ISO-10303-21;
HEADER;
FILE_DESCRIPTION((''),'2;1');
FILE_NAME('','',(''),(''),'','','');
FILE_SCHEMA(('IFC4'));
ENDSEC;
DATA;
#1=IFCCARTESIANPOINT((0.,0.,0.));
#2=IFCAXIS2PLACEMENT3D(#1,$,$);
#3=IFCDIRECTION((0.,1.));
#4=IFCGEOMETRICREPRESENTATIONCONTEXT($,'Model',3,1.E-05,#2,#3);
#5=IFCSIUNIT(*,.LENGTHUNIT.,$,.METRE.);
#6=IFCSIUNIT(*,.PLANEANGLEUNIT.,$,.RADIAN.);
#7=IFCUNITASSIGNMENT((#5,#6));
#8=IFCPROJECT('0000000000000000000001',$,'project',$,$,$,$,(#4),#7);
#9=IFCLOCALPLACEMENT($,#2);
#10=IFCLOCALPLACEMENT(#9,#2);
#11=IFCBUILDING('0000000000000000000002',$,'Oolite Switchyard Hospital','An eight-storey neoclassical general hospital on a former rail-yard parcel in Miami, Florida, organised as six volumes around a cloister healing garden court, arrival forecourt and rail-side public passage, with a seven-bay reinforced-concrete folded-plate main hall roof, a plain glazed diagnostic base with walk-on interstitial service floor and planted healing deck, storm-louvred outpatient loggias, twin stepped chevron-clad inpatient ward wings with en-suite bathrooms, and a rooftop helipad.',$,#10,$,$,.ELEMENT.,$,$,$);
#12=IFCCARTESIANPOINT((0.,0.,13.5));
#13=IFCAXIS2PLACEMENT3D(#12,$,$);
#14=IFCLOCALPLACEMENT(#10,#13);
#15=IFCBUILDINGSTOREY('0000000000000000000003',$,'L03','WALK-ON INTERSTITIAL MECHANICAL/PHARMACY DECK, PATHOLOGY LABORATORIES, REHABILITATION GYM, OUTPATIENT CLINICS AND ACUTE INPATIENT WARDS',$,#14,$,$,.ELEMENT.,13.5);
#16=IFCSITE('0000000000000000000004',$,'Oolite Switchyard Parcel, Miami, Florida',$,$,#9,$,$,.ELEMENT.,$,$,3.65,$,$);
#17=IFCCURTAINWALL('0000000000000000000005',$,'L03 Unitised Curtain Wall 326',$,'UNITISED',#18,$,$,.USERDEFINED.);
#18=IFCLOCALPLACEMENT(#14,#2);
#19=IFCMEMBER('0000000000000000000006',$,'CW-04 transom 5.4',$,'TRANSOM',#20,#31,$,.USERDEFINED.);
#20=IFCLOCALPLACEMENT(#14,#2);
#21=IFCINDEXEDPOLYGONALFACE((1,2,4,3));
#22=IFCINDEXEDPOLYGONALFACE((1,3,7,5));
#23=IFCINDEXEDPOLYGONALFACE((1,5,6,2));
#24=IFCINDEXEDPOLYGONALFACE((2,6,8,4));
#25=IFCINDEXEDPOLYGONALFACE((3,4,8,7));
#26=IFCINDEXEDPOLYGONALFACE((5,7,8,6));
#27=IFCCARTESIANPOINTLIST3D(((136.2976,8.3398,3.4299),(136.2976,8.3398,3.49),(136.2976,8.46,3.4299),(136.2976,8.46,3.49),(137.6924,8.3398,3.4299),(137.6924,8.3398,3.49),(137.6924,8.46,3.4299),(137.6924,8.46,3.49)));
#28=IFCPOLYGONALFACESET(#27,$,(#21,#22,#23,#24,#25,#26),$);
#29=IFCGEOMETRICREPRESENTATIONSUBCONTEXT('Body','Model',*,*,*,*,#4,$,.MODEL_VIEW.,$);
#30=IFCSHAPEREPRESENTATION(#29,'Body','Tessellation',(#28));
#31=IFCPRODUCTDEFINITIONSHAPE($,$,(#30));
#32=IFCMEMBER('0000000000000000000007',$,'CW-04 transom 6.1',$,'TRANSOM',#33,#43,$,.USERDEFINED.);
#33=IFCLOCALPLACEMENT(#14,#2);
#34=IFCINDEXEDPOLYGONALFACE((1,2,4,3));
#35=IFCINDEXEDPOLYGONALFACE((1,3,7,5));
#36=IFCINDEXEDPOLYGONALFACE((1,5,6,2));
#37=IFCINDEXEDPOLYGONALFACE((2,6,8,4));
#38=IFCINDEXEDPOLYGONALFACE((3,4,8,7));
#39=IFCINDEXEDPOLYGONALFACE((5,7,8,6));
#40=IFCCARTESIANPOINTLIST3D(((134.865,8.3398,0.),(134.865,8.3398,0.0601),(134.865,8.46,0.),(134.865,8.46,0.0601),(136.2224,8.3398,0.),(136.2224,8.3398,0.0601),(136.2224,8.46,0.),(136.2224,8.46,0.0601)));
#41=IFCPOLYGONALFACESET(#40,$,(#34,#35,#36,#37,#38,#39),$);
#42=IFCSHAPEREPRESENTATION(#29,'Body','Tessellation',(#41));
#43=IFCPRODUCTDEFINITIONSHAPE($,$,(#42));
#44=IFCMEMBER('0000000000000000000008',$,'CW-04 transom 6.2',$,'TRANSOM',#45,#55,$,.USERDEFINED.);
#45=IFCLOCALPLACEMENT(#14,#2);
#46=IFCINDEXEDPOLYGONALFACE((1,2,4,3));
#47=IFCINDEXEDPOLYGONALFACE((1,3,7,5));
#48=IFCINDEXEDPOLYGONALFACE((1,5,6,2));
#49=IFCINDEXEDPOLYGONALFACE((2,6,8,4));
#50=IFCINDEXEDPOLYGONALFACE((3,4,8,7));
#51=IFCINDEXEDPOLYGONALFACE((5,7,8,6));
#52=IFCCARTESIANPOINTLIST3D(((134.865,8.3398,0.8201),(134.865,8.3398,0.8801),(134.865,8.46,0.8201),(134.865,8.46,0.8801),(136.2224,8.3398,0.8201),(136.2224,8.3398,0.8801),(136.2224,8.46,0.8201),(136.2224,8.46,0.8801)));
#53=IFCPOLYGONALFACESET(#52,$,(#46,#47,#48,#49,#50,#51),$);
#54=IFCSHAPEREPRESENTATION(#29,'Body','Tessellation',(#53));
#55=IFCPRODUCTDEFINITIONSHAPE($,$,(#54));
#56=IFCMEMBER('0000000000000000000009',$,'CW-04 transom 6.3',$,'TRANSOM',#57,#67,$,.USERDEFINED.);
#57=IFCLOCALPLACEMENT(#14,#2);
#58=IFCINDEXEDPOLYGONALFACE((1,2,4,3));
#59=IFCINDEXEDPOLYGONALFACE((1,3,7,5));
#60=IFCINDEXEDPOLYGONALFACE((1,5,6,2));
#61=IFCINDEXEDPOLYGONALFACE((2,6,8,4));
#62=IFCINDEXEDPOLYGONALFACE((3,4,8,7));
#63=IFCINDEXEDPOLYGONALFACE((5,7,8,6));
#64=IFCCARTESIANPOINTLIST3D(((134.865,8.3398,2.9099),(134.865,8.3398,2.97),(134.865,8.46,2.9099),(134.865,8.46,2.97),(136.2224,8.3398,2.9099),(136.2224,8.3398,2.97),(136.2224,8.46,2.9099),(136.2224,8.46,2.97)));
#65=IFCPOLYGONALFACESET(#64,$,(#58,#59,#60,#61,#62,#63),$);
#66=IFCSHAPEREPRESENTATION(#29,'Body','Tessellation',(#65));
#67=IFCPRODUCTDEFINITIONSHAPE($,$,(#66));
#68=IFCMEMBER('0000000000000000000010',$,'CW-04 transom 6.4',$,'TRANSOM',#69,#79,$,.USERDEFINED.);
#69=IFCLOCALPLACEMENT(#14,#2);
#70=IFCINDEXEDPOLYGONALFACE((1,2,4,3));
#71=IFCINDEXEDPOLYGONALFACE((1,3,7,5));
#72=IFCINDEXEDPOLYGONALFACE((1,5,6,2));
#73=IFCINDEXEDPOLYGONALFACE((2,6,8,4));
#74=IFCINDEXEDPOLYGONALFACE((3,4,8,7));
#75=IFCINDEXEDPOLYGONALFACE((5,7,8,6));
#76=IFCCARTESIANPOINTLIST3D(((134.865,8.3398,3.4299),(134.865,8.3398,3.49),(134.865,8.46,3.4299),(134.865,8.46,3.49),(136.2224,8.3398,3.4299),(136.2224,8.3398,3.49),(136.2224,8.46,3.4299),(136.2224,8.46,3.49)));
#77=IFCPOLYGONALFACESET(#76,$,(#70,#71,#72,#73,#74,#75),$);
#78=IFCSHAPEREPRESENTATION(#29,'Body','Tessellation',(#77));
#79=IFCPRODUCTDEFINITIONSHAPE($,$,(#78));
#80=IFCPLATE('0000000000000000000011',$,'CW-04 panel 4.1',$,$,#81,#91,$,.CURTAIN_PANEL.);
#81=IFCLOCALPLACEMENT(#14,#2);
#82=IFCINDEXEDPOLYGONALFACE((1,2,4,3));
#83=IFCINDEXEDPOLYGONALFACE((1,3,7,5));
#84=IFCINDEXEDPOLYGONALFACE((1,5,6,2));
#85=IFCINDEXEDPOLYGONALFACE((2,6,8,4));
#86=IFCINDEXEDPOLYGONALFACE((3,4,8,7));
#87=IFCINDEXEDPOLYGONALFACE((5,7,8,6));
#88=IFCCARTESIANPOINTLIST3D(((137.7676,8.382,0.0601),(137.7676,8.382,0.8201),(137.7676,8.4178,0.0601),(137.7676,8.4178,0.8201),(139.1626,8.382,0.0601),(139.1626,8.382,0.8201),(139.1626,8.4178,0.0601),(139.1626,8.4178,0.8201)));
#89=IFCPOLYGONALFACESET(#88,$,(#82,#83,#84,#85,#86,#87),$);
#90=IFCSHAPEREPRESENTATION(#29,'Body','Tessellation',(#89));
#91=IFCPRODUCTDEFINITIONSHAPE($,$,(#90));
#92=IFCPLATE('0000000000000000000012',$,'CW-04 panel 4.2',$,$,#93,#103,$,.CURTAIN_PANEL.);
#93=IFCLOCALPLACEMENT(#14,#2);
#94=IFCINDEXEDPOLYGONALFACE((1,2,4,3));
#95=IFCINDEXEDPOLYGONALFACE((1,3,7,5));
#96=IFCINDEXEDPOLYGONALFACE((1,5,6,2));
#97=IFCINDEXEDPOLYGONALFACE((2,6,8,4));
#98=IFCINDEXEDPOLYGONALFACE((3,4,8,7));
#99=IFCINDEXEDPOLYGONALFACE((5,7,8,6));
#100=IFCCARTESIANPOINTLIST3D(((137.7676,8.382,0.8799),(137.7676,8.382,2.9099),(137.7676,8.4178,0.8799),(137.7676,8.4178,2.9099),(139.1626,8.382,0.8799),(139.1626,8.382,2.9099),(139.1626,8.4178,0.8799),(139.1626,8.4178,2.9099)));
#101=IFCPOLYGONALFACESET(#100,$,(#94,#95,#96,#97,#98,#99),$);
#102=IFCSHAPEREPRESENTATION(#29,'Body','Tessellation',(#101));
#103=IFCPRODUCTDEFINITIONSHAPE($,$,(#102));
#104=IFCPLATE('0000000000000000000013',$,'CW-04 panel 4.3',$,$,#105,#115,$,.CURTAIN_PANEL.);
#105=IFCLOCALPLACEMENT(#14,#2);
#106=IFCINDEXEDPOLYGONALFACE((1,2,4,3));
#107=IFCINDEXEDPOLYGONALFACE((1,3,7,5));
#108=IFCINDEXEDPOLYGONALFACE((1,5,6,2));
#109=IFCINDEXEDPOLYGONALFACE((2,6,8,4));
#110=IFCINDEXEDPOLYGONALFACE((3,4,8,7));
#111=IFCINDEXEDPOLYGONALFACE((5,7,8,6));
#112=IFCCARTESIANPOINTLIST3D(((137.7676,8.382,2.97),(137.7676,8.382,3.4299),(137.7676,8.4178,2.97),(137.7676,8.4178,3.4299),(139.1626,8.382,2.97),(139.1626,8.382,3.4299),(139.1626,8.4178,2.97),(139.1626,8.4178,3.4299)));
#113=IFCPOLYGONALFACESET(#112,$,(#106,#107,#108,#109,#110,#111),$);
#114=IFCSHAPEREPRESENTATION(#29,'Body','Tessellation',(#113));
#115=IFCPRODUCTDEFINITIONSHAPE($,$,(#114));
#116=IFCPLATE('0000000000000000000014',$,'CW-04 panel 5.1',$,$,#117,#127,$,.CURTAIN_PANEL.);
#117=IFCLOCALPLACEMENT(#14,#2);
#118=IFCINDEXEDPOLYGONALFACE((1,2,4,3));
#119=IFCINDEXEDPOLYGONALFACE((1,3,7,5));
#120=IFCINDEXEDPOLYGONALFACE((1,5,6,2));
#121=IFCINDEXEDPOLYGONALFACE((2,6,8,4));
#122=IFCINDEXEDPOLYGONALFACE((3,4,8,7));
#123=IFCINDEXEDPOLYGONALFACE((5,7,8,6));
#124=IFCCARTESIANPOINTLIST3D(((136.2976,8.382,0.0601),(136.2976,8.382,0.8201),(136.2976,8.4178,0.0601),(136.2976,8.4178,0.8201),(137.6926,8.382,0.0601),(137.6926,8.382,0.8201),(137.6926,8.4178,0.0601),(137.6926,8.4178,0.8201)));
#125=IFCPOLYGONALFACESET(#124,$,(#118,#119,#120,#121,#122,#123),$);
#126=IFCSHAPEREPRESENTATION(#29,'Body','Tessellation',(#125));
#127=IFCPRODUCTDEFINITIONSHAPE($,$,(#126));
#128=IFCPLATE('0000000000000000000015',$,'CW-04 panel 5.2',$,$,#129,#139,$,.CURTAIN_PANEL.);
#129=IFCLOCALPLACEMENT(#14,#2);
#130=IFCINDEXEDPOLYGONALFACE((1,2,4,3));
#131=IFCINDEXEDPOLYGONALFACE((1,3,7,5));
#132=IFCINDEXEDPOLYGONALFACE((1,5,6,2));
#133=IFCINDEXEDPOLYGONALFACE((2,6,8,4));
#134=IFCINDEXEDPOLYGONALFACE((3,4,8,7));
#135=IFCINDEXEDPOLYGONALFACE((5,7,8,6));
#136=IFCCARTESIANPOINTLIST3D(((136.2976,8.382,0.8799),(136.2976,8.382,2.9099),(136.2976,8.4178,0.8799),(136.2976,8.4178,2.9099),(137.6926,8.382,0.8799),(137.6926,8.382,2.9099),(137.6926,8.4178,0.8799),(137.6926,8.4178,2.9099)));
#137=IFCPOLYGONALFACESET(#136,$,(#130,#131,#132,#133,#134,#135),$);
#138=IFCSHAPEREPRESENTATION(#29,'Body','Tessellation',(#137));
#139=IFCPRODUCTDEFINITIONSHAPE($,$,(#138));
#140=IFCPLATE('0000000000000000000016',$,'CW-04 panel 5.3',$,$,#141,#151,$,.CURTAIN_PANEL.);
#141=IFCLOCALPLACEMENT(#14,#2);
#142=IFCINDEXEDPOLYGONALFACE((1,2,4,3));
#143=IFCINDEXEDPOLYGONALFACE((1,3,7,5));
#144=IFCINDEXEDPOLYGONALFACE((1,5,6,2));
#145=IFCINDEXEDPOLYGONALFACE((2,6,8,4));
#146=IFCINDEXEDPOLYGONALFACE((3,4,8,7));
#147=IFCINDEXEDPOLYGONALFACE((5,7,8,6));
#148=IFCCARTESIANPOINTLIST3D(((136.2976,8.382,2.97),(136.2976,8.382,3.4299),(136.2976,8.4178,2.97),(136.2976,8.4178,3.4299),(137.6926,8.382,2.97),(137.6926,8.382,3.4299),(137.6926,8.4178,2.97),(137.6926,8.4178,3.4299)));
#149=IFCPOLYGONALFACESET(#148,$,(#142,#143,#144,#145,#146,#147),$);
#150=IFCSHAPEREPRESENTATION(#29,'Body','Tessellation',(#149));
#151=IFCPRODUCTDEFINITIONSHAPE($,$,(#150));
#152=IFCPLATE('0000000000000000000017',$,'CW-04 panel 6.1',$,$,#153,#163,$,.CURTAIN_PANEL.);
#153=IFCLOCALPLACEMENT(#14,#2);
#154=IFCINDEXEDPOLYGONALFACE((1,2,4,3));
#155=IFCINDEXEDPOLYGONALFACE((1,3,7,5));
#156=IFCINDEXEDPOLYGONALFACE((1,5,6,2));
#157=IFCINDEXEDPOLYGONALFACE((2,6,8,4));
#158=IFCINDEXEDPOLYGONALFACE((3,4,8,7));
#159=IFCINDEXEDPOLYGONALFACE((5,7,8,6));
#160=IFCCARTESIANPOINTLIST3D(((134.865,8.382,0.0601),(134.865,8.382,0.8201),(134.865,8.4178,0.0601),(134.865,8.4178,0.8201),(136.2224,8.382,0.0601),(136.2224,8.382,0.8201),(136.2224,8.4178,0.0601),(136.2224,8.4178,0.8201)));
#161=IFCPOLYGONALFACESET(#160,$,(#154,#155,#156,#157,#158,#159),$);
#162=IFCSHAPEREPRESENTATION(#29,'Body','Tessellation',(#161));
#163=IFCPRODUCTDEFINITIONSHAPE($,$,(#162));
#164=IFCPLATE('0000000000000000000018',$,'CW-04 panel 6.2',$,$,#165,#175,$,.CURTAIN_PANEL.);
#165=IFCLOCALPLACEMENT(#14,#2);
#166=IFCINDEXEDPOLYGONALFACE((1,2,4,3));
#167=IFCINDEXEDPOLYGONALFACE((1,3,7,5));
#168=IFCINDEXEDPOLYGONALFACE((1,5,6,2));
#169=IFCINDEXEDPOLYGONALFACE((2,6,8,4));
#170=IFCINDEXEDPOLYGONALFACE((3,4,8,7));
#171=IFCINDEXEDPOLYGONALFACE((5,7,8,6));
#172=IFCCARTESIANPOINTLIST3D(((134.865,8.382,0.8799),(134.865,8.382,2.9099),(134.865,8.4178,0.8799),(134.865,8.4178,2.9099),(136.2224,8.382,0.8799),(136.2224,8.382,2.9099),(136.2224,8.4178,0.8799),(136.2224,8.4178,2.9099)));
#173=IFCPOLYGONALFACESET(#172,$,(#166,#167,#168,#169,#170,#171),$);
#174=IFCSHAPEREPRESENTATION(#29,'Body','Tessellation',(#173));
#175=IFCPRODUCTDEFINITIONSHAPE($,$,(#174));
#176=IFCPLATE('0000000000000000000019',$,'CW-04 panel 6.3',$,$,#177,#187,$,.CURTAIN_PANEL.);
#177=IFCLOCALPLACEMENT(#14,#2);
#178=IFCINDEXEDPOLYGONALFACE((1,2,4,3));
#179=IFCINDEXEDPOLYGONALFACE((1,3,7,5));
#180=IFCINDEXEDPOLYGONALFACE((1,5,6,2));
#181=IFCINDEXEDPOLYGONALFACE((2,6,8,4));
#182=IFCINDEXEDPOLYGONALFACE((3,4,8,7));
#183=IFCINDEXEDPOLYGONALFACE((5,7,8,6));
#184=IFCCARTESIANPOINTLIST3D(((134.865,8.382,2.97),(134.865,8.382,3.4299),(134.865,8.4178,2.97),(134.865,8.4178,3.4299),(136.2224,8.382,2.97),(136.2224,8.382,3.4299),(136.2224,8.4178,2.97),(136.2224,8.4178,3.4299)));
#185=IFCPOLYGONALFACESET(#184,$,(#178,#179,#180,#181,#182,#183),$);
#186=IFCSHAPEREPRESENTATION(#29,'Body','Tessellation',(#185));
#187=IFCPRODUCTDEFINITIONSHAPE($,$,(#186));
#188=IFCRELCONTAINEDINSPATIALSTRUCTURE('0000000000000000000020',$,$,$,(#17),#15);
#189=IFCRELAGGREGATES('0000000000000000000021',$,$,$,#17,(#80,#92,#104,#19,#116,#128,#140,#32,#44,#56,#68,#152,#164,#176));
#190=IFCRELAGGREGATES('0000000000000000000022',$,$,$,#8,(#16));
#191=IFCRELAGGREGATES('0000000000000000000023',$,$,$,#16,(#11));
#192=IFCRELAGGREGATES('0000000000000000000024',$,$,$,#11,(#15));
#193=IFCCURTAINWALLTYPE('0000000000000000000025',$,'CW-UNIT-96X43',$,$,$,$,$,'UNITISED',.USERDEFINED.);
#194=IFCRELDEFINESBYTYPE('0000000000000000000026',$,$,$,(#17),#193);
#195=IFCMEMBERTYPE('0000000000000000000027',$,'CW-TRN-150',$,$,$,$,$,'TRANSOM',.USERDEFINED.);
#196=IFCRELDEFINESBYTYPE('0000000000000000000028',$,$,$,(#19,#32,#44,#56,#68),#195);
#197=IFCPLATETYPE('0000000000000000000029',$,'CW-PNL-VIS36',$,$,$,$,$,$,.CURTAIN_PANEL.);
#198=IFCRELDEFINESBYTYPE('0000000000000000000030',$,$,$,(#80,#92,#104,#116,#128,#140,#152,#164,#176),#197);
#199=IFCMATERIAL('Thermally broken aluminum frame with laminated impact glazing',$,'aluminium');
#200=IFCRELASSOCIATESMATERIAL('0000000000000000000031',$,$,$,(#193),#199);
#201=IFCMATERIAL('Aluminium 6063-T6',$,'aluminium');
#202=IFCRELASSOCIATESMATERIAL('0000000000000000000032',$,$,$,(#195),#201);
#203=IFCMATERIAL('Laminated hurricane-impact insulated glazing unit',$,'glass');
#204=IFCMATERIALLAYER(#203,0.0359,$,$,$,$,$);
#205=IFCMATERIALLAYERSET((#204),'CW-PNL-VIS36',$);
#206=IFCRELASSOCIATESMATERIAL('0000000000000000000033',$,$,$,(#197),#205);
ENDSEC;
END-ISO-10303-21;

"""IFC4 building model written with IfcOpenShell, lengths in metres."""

from ifc_helpers import new_model, si_unit, direction, frame, origin, origin_2d, place, context, subcontext, project, spatial, rectangle, extrude, material, layer, layer_set, material_profile, profile_set, type_object, element, aggregate, save


model = new_model("IFC4")

# Units and contexts
model_context = context("Model", 3, precision=1e-05, world=origin(), true_north=direction((0.0, 1.0)))
body_context = subcontext(model_context, "Body", "Model", "MODEL_VIEW")
ifc_project = project(units=[si_unit("LENGTHUNIT", "METRE"), si_unit("PLANEANGLEUNIT", "RADIAN")], contexts=[model_context])

# Site, building, storey
site_placement = place(None, origin())
site = spatial("IfcSite", under=ifc_project, at=site_placement, Name="Oolite Switchyard Parcel, Miami, Florida", CompositionType="ELEMENT", RefElevation=3.65)
building_placement = place(site_placement, origin())
building = spatial("IfcBuilding", under=site, at=building_placement, Name="Oolite Switchyard Hospital", Description="An eight-storey neoclassical general hospital on a former rail-yard parcel in Miami, Florida, organised as six volumes around a cloister healing garden court, arrival forecourt and rail-side public passage, with a seven-bay reinforced-concrete folded-plate main hall roof, a plain glazed diagnostic base with walk-on interstitial service floor and planted healing deck, storm-louvred outpatient loggias, twin stepped chevron-clad inpatient ward wings with en-suite bathrooms, and a rooftop helipad.", CompositionType="ELEMENT")
storey_placement = place(building_placement, frame((0.0, 0.0, 13.5)))
storey = spatial("IfcBuildingStorey", under=building, at=storey_placement, Name="L03", Description="WALK-ON INTERSTITIAL MECHANICAL/PHARMACY DECK, PATHOLOGY LABORATORIES, REHABILITATION GYM, OUTPATIENT CLINICS AND ACUTE INPATIENT WARDS", CompositionType="ELEMENT", Elevation=13.5)

# Curtain wall, members, plates
ifc_material_1 = material(Name="Thermally broken aluminum frame with laminated impact glazing", Category="aluminium")
curtain_wall_type = type_object("IfcCurtainWallType", Name="CW-UNIT-96X43", ElementType="UNITISED", PredefinedType="USERDEFINED", material=ifc_material_1)
curtain_wall_placement = place(storey_placement, origin())
curtain_wall = element("IfcCurtainWall", 1, at=curtain_wall_placement, inside=storey, type_object=curtain_wall_type, Name="L03 Unitised Curtain Wall 326", ObjectType="UNITISED", PredefinedType="USERDEFINED")
ifc_material_2 = material(Name="Aluminium 6063-T6", Category="aluminium")
ifc_material_profile_1 = material_profile(ifc_material_2, rectangle(XDim=0.1201, YDim=0.0601, at=origin_2d()), Name="CWT60X120")
ifc_profile_set_1 = profile_set([ifc_material_profile_1], Name="Aluminium 6063-T6")
member_type_1 = type_object("IfcMemberType", Name="CW-TRN-150", ElementType="TRANSOM", PredefinedType="USERDEFINED", material=ifc_profile_set_1)
member_1_placement = place(storey_placement, frame((137.6924, 8.3999, 3.46), z_axis=(-1.0, 0.0, 0.0), x_axis=(0.0, -1.0, 0.0)))
member_1 = element("IfcMember", 2, at=member_1_placement, type_object=member_type_1, Name="CW-04 transom 5.4", ObjectType="TRANSOM", PredefinedType="USERDEFINED", context=body_context, shape_type="SweptSolid", body=[
    extrude(rectangle(XDim=0.1201, YDim=0.0601, at=origin_2d()), origin(), (0.0, 0.0, 1.0), 1.3948),
])
member_2_placement = place(storey_placement, frame((136.2224, 8.3999, 0.03), z_axis=(-1.0, 0.0, 0.0), x_axis=(0.0, -1.0, 0.0)))
member_2 = element("IfcMember", 3, at=member_2_placement, type_object=member_type_1, Name="CW-04 transom 6.1", ObjectType="TRANSOM", PredefinedType="USERDEFINED", context=body_context, shape_type="SweptSolid", body=[
    extrude(rectangle(XDim=0.1201, YDim=0.0601, at=origin_2d()), origin(), (0.0, 0.0, 1.0), 1.3574),
])
member_3_placement = place(storey_placement, frame((136.2224, 8.3999, 0.8501), z_axis=(-1.0, 0.0, 0.0), x_axis=(0.0, -1.0, 0.0)))
member_3 = element("IfcMember", 4, at=member_3_placement, type_object=member_type_1, Name="CW-04 transom 6.2", ObjectType="TRANSOM", PredefinedType="USERDEFINED", context=body_context, shape_type="SweptSolid", body=[
    extrude(rectangle(XDim=0.1201, YDim=0.0601, at=origin_2d()), origin(), (0.0, 0.0, 1.0), 1.3574),
])
member_4_placement = place(storey_placement, frame((136.2224, 8.3999, 2.9399), z_axis=(-1.0, 0.0, 0.0), x_axis=(0.0, -1.0, 0.0)))
member_4 = element("IfcMember", 5, at=member_4_placement, type_object=member_type_1, Name="CW-04 transom 6.3", ObjectType="TRANSOM", PredefinedType="USERDEFINED", context=body_context, shape_type="SweptSolid", body=[
    extrude(rectangle(XDim=0.1201, YDim=0.0601, at=origin_2d()), origin(), (0.0, 0.0, 1.0), 1.3574),
])
member_5_placement = place(storey_placement, frame((136.2224, 8.3999, 3.46), z_axis=(-1.0, 0.0, 0.0), x_axis=(0.0, -1.0, 0.0)))
member_5 = element("IfcMember", 6, at=member_5_placement, type_object=member_type_1, Name="CW-04 transom 6.4", ObjectType="TRANSOM", PredefinedType="USERDEFINED", context=body_context, shape_type="SweptSolid", body=[
    extrude(rectangle(XDim=0.1201, YDim=0.0601, at=origin_2d()), origin(), (0.0, 0.0, 1.0), 1.3574),
])
ifc_material_3 = material(Name="Laminated hurricane-impact insulated glazing unit", Category="glass")
ifc_layer = layer(ifc_material_3, 0.0359)
ifc_layer_set = layer_set([ifc_layer], Name="CW-PNL-VIS36")
plate_type = type_object("IfcPlateType", Name="CW-PNL-VIS36", PredefinedType="CURTAIN_PANEL", material=ifc_layer_set)
plate_1_placement = place(storey_placement, frame((138.4651, 8.3999, 0.0601), z_axis=(0.0, 0.0, 1.0), x_axis=(-1.0, 0.0, 0.0)))
plate_1 = element("IfcPlate", 7, at=plate_1_placement, type_object=plate_type, Name="CW-04 panel 4.1", PredefinedType="CURTAIN_PANEL", context=body_context, shape_type="SweptSolid", body=[
    extrude(rectangle(XDim=1.395, YDim=0.0359, at=origin_2d()), origin(), (0.0, 0.0, 1.0), 0.76),
])
plate_2_placement = place(storey_placement, frame((138.4651, 8.3999, 0.8799), z_axis=(0.0, 0.0, 1.0), x_axis=(-1.0, 0.0, 0.0)))
plate_2 = element("IfcPlate", 8, at=plate_2_placement, type_object=plate_type, Name="CW-04 panel 4.2", PredefinedType="CURTAIN_PANEL", context=body_context, shape_type="SweptSolid", body=[
    extrude(rectangle(XDim=1.395, YDim=0.0359, at=origin_2d()), origin(), (0.0, 0.0, 1.0), 2.03),
])
plate_3_placement = place(storey_placement, frame((138.4651, 8.3999, 2.97), z_axis=(0.0, 0.0, 1.0), x_axis=(-1.0, 0.0, 0.0)))
plate_3 = element("IfcPlate", 9, at=plate_3_placement, type_object=plate_type, Name="CW-04 panel 4.3", PredefinedType="CURTAIN_PANEL", context=body_context, shape_type="SweptSolid", body=[
    extrude(rectangle(XDim=1.395, YDim=0.0359, at=origin_2d()), origin(), (0.0, 0.0, 1.0), 0.46),
])
plate_4_placement = place(storey_placement, frame((136.9951, 8.3999, 0.0601), z_axis=(0.0, 0.0, 1.0), x_axis=(-1.0, 0.0, 0.0)))
plate_4 = element("IfcPlate", 10, at=plate_4_placement, type_object=plate_type, Name="CW-04 panel 5.1", PredefinedType="CURTAIN_PANEL", context=body_context, shape_type="SweptSolid", body=[
    extrude(rectangle(XDim=1.395, YDim=0.0359, at=origin_2d()), origin(), (0.0, 0.0, 1.0), 0.76),
])
plate_5_placement = place(storey_placement, frame((136.9951, 8.3999, 0.8799), z_axis=(0.0, 0.0, 1.0), x_axis=(-1.0, 0.0, 0.0)))
plate_5 = element("IfcPlate", 11, at=plate_5_placement, type_object=plate_type, Name="CW-04 panel 5.2", PredefinedType="CURTAIN_PANEL", context=body_context, shape_type="SweptSolid", body=[
    extrude(rectangle(XDim=1.395, YDim=0.0359, at=origin_2d()), origin(), (0.0, 0.0, 1.0), 2.03),
])
plate_6_placement = place(storey_placement, frame((136.9951, 8.3999, 2.97), z_axis=(0.0, 0.0, 1.0), x_axis=(-1.0, 0.0, 0.0)))
plate_6 = element("IfcPlate", 12, at=plate_6_placement, type_object=plate_type, Name="CW-04 panel 5.3", PredefinedType="CURTAIN_PANEL", context=body_context, shape_type="SweptSolid", body=[
    extrude(rectangle(XDim=1.395, YDim=0.0359, at=origin_2d()), origin(), (0.0, 0.0, 1.0), 0.46),
])
plate_7_placement = place(storey_placement, frame((135.5437, 8.3999, 0.0601), z_axis=(0.0, 0.0, 1.0), x_axis=(-1.0, 0.0, 0.0)))
plate_7 = element("IfcPlate", 13, at=plate_7_placement, type_object=plate_type, Name="CW-04 panel 6.1", PredefinedType="CURTAIN_PANEL", context=body_context, shape_type="SweptSolid", body=[
    extrude(rectangle(XDim=1.3574, YDim=0.0359, at=origin_2d()), origin(), (0.0, 0.0, 1.0), 0.76),
])
plate_8_placement = place(storey_placement, frame((135.5437, 8.3999, 0.8799), z_axis=(0.0, 0.0, 1.0), x_axis=(-1.0, 0.0, 0.0)))
plate_8 = element("IfcPlate", 14, at=plate_8_placement, type_object=plate_type, Name="CW-04 panel 6.2", PredefinedType="CURTAIN_PANEL", context=body_context, shape_type="SweptSolid", body=[
    extrude(rectangle(XDim=1.3574, YDim=0.0359, at=origin_2d()), origin(), (0.0, 0.0, 1.0), 2.03),
])
plate_9_placement = place(storey_placement, frame((135.5437, 8.3999, 2.97), z_axis=(0.0, 0.0, 1.0), x_axis=(-1.0, 0.0, 0.0)))
plate_9 = element("IfcPlate", 15, at=plate_9_placement, type_object=plate_type, Name="CW-04 panel 6.3", PredefinedType="CURTAIN_PANEL", context=body_context, shape_type="SweptSolid", body=[
    extrude(rectangle(XDim=1.3574, YDim=0.0359, at=origin_2d()), origin(), (0.0, 0.0, 1.0), 0.46),
])
aggregate(curtain_wall, [plate_1, plate_2, plate_3, member_1, plate_4, plate_5, plate_6, member_2, member_3, member_4, member_5, plate_7, plate_8, plate_9])

save(model, "model.ifc")
